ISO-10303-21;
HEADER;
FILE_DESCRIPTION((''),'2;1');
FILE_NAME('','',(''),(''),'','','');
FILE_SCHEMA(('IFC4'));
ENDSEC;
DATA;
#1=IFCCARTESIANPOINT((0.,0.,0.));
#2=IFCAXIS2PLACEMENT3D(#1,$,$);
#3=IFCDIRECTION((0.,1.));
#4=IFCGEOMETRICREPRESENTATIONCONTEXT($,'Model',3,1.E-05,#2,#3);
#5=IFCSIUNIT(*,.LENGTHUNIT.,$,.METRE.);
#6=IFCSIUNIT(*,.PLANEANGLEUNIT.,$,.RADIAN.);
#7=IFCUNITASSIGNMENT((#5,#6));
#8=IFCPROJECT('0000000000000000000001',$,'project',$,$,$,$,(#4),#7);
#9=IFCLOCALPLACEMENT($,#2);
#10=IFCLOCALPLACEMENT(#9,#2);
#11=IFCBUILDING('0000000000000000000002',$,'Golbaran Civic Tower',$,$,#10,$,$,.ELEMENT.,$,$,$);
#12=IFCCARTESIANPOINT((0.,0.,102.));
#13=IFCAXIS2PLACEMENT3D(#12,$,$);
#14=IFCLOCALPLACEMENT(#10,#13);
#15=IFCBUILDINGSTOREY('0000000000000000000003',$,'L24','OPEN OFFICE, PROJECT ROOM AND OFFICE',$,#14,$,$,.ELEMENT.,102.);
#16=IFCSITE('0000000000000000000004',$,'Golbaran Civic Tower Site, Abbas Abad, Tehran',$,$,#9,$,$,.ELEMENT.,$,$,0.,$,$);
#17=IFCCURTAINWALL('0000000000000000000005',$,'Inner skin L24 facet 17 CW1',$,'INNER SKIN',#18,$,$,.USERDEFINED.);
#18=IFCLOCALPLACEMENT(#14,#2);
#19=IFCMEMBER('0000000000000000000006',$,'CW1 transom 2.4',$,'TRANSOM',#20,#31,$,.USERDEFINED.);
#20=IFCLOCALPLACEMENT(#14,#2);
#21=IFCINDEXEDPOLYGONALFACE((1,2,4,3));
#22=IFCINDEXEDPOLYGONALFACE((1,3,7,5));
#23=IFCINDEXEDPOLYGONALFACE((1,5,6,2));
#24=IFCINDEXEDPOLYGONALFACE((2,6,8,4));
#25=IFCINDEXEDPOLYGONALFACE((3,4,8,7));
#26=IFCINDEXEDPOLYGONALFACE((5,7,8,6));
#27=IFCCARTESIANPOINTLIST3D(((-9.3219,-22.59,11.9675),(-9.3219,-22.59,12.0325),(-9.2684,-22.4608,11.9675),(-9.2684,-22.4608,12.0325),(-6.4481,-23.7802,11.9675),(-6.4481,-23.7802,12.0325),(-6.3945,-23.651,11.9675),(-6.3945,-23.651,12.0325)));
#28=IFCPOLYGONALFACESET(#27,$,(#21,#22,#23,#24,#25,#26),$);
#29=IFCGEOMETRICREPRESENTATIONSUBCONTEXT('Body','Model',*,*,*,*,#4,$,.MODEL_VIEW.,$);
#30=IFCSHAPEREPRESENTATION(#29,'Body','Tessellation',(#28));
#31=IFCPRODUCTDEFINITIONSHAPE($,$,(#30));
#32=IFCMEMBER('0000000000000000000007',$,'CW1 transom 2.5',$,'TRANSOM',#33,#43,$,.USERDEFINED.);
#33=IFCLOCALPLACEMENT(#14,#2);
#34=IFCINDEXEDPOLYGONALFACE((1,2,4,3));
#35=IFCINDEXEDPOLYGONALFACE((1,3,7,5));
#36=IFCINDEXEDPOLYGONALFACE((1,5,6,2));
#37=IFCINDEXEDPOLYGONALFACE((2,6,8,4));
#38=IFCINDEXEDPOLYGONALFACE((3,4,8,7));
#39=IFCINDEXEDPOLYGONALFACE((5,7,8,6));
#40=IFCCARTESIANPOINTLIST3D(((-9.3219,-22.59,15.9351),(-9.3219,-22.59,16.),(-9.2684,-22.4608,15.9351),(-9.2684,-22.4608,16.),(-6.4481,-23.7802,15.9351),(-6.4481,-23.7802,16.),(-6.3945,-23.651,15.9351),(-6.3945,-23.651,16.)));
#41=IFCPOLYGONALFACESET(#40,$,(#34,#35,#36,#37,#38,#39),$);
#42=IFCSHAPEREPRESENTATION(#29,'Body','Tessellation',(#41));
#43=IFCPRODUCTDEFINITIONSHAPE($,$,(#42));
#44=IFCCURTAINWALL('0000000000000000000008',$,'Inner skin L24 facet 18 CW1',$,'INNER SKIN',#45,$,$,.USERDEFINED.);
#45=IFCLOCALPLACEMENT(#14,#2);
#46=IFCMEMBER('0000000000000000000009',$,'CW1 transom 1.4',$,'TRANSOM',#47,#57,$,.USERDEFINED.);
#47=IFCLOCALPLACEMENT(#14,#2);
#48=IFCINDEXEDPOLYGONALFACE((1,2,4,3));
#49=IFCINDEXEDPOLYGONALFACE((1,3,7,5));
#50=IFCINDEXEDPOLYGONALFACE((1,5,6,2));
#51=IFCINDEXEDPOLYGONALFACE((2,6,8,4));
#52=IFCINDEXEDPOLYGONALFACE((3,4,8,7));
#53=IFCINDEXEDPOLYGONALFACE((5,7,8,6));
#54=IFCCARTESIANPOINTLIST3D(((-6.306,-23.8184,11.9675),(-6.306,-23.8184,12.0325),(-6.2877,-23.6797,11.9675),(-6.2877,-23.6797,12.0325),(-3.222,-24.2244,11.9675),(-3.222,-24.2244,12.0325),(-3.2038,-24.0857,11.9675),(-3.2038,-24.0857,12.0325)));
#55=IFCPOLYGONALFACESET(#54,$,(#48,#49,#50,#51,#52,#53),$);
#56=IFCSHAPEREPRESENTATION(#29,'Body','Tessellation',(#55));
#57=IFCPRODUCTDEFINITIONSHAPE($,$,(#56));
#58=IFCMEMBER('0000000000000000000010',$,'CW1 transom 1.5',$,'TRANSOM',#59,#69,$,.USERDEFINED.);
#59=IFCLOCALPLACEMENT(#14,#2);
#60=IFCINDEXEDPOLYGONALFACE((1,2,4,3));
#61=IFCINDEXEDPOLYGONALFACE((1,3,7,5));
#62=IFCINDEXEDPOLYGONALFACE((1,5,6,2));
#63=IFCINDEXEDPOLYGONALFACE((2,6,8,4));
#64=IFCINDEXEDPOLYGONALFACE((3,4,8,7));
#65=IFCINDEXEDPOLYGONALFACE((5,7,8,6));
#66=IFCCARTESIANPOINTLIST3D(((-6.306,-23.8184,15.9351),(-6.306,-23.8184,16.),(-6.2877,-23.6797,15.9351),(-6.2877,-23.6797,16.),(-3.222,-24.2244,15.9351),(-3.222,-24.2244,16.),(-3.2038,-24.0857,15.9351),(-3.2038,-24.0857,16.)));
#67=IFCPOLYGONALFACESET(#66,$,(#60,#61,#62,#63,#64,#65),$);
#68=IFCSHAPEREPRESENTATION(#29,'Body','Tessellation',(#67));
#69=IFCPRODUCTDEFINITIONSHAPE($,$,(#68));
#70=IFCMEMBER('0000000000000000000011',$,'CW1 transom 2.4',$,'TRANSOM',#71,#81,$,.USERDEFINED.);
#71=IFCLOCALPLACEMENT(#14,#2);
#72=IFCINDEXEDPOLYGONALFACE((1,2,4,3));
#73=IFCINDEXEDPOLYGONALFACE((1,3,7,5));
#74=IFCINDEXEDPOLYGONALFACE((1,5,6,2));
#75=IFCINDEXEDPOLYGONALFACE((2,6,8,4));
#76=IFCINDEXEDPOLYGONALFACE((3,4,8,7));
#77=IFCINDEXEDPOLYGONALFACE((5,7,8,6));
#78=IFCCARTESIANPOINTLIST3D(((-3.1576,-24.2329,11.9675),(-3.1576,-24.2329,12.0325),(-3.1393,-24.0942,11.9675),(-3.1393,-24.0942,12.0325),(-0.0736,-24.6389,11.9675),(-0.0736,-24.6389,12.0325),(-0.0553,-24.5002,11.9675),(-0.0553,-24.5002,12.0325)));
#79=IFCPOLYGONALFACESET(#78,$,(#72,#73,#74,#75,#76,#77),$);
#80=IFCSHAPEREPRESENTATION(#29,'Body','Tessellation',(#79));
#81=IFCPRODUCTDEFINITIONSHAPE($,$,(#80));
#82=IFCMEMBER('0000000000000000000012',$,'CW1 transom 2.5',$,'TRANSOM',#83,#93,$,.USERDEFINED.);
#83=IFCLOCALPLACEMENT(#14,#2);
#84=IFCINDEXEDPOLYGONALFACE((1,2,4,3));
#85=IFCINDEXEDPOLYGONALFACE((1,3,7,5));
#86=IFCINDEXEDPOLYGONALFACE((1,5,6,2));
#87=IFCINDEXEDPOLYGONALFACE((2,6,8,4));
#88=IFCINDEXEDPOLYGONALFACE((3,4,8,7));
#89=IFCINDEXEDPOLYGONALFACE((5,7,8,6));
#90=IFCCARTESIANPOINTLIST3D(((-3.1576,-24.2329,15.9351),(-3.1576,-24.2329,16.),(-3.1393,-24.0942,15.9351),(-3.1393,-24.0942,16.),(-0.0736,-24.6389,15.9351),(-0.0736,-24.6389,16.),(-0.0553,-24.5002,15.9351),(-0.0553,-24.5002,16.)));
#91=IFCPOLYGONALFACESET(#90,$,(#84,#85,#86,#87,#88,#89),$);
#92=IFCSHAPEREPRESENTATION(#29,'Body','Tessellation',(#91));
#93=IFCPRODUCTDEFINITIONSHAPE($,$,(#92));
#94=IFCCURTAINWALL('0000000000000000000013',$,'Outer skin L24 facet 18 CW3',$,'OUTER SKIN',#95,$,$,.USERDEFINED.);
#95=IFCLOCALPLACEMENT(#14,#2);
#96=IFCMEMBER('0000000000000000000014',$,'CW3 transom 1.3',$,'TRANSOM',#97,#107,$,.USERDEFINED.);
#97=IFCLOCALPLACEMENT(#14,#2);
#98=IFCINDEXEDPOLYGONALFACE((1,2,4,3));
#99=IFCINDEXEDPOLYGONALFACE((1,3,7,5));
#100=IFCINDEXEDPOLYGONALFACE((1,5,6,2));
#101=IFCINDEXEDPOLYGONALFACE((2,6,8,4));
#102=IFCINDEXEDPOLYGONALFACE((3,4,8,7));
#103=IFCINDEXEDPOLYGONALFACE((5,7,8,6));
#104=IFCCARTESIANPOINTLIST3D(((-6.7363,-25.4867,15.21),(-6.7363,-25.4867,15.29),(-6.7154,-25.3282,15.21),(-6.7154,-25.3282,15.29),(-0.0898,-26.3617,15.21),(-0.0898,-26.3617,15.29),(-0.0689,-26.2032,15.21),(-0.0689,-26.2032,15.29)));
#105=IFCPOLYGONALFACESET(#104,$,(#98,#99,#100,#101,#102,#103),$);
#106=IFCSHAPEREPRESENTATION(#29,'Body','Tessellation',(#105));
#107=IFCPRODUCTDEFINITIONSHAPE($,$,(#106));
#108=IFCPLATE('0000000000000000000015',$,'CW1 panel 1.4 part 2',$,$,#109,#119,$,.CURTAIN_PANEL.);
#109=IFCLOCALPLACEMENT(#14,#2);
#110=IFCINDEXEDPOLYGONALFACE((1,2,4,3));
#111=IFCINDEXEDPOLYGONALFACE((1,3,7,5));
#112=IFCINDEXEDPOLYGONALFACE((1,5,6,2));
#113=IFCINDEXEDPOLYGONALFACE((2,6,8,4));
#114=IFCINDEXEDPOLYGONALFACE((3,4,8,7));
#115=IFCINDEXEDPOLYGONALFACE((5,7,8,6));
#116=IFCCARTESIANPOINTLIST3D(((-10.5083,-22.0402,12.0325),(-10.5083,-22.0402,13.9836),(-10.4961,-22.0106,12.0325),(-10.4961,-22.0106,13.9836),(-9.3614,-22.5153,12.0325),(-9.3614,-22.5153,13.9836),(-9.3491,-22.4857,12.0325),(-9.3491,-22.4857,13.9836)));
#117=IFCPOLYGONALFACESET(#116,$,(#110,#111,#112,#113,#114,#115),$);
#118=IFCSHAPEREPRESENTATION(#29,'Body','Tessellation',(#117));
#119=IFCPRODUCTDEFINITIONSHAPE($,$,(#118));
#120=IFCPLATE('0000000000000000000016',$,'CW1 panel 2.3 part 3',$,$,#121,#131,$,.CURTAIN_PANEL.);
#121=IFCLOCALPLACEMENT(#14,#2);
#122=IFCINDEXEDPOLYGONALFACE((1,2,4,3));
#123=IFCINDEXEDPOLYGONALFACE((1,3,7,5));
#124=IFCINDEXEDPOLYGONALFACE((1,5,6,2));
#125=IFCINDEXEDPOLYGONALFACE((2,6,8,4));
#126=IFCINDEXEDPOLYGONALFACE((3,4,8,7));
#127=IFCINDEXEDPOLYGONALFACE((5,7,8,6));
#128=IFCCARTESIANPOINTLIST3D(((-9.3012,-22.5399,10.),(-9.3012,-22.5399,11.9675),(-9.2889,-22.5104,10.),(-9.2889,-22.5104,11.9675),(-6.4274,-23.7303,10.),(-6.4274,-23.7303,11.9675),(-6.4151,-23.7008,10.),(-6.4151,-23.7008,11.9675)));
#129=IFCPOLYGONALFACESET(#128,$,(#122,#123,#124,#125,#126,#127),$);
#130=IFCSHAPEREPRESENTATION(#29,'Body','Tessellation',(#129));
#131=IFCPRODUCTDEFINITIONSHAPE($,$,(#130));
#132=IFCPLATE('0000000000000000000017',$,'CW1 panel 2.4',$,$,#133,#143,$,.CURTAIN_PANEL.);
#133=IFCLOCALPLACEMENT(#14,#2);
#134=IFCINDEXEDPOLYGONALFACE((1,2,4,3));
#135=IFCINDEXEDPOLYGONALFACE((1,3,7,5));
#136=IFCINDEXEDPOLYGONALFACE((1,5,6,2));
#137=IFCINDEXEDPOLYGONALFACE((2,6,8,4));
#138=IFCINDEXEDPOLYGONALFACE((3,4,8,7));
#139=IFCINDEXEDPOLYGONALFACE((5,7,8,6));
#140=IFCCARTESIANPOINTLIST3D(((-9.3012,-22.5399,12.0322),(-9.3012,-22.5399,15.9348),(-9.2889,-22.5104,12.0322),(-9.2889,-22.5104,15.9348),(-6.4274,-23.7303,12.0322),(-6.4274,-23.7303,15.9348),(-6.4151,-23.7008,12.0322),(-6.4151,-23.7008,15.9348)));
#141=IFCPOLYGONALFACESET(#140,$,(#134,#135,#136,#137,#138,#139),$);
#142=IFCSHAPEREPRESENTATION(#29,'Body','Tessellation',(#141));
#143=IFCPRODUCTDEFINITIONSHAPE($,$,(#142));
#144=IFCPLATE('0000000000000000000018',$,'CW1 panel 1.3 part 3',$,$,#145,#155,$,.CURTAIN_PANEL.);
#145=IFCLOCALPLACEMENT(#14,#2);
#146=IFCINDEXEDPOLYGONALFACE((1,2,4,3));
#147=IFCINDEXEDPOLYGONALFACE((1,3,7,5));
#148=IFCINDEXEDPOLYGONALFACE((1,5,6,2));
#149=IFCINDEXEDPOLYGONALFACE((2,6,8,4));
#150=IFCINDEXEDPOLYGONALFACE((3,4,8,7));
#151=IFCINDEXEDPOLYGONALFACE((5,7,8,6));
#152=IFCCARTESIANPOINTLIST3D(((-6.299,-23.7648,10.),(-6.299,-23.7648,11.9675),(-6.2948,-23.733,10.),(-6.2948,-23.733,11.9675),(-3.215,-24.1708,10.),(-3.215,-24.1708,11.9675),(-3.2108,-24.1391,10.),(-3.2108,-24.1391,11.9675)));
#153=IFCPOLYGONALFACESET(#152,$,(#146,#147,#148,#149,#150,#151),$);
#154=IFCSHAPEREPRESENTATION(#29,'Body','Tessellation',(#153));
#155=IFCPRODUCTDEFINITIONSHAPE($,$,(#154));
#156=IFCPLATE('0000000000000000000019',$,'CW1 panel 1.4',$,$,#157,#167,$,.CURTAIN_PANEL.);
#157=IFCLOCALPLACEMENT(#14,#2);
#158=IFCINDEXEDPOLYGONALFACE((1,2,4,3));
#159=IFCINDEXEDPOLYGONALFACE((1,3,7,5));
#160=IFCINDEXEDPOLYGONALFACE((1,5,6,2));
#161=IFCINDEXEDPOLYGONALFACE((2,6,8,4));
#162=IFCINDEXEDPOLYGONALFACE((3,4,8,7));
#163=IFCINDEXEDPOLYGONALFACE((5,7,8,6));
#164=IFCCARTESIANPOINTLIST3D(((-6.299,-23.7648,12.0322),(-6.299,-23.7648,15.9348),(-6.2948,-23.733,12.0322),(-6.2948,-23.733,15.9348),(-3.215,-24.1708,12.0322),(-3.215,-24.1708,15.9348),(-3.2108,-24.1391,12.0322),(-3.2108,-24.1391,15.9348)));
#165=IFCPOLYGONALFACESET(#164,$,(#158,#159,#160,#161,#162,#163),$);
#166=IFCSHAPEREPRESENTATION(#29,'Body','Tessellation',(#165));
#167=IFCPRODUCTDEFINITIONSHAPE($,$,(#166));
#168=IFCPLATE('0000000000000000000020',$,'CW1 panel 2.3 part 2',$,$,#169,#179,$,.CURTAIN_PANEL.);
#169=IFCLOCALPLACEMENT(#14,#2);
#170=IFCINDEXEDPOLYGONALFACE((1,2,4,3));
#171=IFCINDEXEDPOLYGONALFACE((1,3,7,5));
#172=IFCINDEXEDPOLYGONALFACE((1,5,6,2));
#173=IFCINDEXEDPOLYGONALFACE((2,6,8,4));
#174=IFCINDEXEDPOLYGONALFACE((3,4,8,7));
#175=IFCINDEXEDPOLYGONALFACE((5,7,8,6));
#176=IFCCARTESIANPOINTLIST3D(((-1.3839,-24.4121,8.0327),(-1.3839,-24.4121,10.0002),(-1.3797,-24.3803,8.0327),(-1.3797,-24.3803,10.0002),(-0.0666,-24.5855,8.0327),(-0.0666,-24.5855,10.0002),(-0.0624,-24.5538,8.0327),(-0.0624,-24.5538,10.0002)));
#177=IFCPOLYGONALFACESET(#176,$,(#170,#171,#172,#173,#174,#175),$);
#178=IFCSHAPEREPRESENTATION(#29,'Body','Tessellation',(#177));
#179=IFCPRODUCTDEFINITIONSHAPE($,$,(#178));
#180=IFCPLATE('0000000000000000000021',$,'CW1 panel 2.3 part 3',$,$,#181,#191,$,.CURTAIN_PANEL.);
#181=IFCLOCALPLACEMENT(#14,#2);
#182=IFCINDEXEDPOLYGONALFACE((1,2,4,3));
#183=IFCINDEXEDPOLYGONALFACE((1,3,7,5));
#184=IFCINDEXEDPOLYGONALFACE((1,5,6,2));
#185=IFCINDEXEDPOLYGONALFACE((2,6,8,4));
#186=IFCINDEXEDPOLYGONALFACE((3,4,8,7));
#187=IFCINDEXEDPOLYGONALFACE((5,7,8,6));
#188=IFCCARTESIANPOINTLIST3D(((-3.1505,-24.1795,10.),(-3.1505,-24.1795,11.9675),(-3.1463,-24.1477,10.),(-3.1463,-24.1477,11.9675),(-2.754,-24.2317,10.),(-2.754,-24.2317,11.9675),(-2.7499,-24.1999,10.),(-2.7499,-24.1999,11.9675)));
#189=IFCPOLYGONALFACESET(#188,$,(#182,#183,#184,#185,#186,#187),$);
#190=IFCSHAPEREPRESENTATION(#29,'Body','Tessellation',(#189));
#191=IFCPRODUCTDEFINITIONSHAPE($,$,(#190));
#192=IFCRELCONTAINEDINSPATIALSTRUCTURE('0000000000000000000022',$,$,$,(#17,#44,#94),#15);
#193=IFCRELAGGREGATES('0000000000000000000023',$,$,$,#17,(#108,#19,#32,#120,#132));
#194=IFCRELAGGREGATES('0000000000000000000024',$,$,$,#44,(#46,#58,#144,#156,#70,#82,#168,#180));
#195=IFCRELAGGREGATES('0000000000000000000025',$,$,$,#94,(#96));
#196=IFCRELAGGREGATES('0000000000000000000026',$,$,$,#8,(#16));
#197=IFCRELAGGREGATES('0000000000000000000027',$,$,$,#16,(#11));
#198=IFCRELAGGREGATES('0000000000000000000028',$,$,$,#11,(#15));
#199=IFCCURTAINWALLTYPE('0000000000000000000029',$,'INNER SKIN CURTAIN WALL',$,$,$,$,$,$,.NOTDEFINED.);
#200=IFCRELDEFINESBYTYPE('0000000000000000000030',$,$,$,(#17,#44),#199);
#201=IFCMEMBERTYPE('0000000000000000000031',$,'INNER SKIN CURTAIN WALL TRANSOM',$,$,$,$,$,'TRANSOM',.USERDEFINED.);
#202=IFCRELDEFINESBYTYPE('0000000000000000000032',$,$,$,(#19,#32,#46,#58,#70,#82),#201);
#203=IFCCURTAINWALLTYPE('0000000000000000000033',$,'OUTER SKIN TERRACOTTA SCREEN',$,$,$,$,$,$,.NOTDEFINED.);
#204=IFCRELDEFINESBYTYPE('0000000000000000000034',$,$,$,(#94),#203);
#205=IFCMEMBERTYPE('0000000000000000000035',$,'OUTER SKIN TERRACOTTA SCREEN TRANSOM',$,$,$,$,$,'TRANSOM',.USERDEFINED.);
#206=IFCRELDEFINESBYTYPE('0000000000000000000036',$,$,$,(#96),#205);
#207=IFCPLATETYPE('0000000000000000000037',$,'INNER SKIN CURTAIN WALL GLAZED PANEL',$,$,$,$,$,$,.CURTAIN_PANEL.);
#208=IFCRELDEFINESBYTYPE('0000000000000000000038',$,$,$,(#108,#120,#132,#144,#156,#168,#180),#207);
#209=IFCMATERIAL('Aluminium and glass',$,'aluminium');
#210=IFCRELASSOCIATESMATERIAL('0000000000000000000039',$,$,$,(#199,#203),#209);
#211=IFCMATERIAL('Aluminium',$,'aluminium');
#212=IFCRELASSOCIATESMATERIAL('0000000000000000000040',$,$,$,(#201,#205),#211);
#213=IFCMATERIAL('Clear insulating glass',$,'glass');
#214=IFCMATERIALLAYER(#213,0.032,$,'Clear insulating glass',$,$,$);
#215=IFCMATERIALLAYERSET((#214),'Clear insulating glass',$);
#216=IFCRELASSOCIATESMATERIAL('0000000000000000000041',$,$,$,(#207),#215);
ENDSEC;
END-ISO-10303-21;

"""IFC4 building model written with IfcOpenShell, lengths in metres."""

from ifc_helpers import new_model, si_unit, direction, frame, origin, origin_2d, place, context, subcontext, project, spatial, rectangle, extrude, material, layer, layer_set, material_profile, profile_set, type_object, element, aggregate, save


model = new_model("IFC4")

# Units and contexts
model_context = context("Model", 3, precision=1e-05, world=origin(), true_north=direction((0.0, 1.0)))
body_context = subcontext(model_context, "Body", "Model", "MODEL_VIEW")
ifc_project = project(units=[si_unit("LENGTHUNIT", "METRE"), si_unit("PLANEANGLEUNIT", "RADIAN")], contexts=[model_context])

# Site, building, storey
site_placement = place(None, origin())
site = spatial("IfcSite", under=ifc_project, at=site_placement, Name="Golbaran Civic Tower Site, Abbas Abad, Tehran", CompositionType="ELEMENT", RefElevation=0.0)
building_placement = place(site_placement, origin())
building = spatial("IfcBuilding", under=site, at=building_placement, Name="Golbaran Civic Tower", CompositionType="ELEMENT")
storey_placement = place(building_placement, frame((0.0, 0.0, 102.0)))
storey = spatial("IfcBuildingStorey", under=building, at=storey_placement, Name="L24", Description="OPEN OFFICE, PROJECT ROOM AND OFFICE", CompositionType="ELEMENT", Elevation=102.0)

# Curtain walls, members
ifc_material_1 = material(Name="Aluminium and glass", Category="aluminium")
curtain_wall_type_1 = type_object("IfcCurtainWallType", Name="INNER SKIN CURTAIN WALL", PredefinedType="NOTDEFINED", material=ifc_material_1)
curtain_wall_1_placement = place(storey_placement, origin())
curtain_wall_1 = element("IfcCurtainWall", 1, at=curtain_wall_1_placement, inside=storey, type_object=curtain_wall_type_1, Name="Inner skin L24 facet 17 CW1", ObjectType="INNER SKIN", PredefinedType="USERDEFINED")
ifc_material_2 = material(Name="Aluminium", Category="aluminium")
ifc_material_profile_1 = material_profile(ifc_material_2, rectangle(XDim=0.1399, YDim=0.0649, at=origin_2d()), Name="INNER SKIN CURTAIN WALL TRANSOM")
ifc_profile_set_1 = profile_set([ifc_material_profile_1], Name="Aluminium")
member_type_1 = type_object("IfcMemberType", Name="INNER SKIN CURTAIN WALL TRANSOM", ElementType="TRANSOM", PredefinedType="USERDEFINED", material=ifc_profile_set_1)
member_1_placement = place(storey_placement, frame((-9.2952, -22.5254, 12.0), z_axis=(0.923899, -0.382636, 0.0), x_axis=(0.382636, 0.923899, 0.0)))
member_1 = element("IfcMember", 2, at=member_1_placement, type_object=member_type_1, Name="CW1 transom 2.4", ObjectType="TRANSOM", PredefinedType="USERDEFINED", context=body_context, shape_type="SweptSolid", body=[
    extrude(rectangle(XDim=0.1399, YDim=0.0649, at=origin_2d()), origin(), (0.0, 0.0, 1.0), 3.1106),
])
member_2_placement = place(storey_placement, frame((-9.2952, -22.5254, 15.9675), z_axis=(0.923899, -0.382636, 0.0), x_axis=(0.382636, 0.923899, 0.0)))
member_2 = element("IfcMember", 3, at=member_2_placement, type_object=member_type_1, Name="CW1 transom 2.5", ObjectType="TRANSOM", PredefinedType="USERDEFINED", context=body_context, shape_type="SweptSolid", body=[
    extrude(rectangle(XDim=0.1399, YDim=0.0649, at=origin_2d()), origin(), (0.0, 0.0, 1.0), 3.1106),
])
curtain_wall_2_placement = place(storey_placement, origin())
curtain_wall_2 = element("IfcCurtainWall", 4, at=curtain_wall_2_placement, inside=storey, type_object=curtain_wall_type_1, Name="Inner skin L24 facet 18 CW1", ObjectType="INNER SKIN", PredefinedType="USERDEFINED")
member_3_placement = place(storey_placement, frame((-6.2969, -23.749, 12.0), z_axis=(0.991445, -0.130524, 0.0), x_axis=(0.130524, 0.991445, 0.0)))
member_3 = element("IfcMember", 5, at=member_3_placement, type_object=member_type_1, Name="CW1 transom 1.4", ObjectType="TRANSOM", PredefinedType="USERDEFINED", context=body_context, shape_type="SweptSolid", body=[
    extrude(rectangle(XDim=0.1399, YDim=0.0649, at=origin_2d()), origin(), (0.0, 0.0, 1.0), 3.1106),
])
member_4_placement = place(storey_placement, frame((-6.2969, -23.749, 15.9675), z_axis=(0.991445, -0.130524, 0.0), x_axis=(0.130524, 0.991445, 0.0)))
member_4 = element("IfcMember", 6, at=member_4_placement, type_object=member_type_1, Name="CW1 transom 1.5", ObjectType="TRANSOM", PredefinedType="USERDEFINED", context=body_context, shape_type="SweptSolid", body=[
    extrude(rectangle(XDim=0.1399, YDim=0.0649, at=origin_2d()), origin(), (0.0, 0.0, 1.0), 3.1106),
])
member_5_placement = place(storey_placement, frame((-3.1484, -24.1636, 12.0), z_axis=(0.991445, -0.130524, 0.0), x_axis=(0.130524, 0.991445, 0.0)))
member_5 = element("IfcMember", 7, at=member_5_placement, type_object=member_type_1, Name="CW1 transom 2.4", ObjectType="TRANSOM", PredefinedType="USERDEFINED", context=body_context, shape_type="SweptSolid", body=[
    extrude(rectangle(XDim=0.1399, YDim=0.0649, at=origin_2d()), origin(), (0.0, 0.0, 1.0), 3.1106),
])
member_6_placement = place(storey_placement, frame((-3.1484, -24.1636, 15.9675), z_axis=(0.991445, -0.130524, 0.0), x_axis=(0.130524, 0.991445, 0.0)))
member_6 = element("IfcMember", 8, at=member_6_placement, type_object=member_type_1, Name="CW1 transom 2.5", ObjectType="TRANSOM", PredefinedType="USERDEFINED", context=body_context, shape_type="SweptSolid", body=[
    extrude(rectangle(XDim=0.1399, YDim=0.0649, at=origin_2d()), origin(), (0.0, 0.0, 1.0), 3.1106),
])

# Curtain wall, member
curtain_wall_type_2 = type_object("IfcCurtainWallType", Name="OUTER SKIN TERRACOTTA SCREEN", PredefinedType="NOTDEFINED", material=ifc_material_1)
curtain_wall_3_placement = place(storey_placement, origin())
curtain_wall_3 = element("IfcCurtainWall", 9, at=curtain_wall_3_placement, inside=storey, type_object=curtain_wall_type_2, Name="Outer skin L24 facet 18 CW3", ObjectType="OUTER SKIN", PredefinedType="USERDEFINED")
ifc_material_profile_2 = material_profile(ifc_material_2, rectangle(XDim=0.1599, YDim=0.0801, at=origin_2d()), Name="OUTER SKIN TERRACOTTA SCREEN TRANSOM")
ifc_profile_set_2 = profile_set([ifc_material_profile_2], Name="Aluminium")
member_type_2 = type_object("IfcMemberType", Name="OUTER SKIN TERRACOTTA SCREEN TRANSOM", ElementType="TRANSOM", PredefinedType="USERDEFINED", material=ifc_profile_set_2)
member_7_placement = place(storey_placement, frame((-6.7258, -25.4075, 15.25), z_axis=(0.991445, -0.130522, 0.0), x_axis=(0.130522, 0.991445, 0.0)))
member_7 = element("IfcMember", 10, at=member_7_placement, type_object=member_type_2, Name="CW3 transom 1.3", ObjectType="TRANSOM", PredefinedType="USERDEFINED", context=body_context, shape_type="SweptSolid", body=[
    extrude(rectangle(XDim=0.1599, YDim=0.0801, at=origin_2d()), origin(), (0.0, 0.0, 1.0), 6.7039),
])

# Plates
ifc_material_3 = material(Name="Clear insulating glass", Category="glass")
ifc_layer_1 = layer(ifc_material_3, 0.032, Name="Clear insulating glass")
ifc_layer_set_1 = layer_set([ifc_layer_1], Name="Clear insulating glass")
plate_type_1 = type_object("IfcPlateType", Name="INNER SKIN CURTAIN WALL GLAZED PANEL", PredefinedType="CURTAIN_PANEL", material=ifc_layer_set_1)
plate_1_placement = place(storey_placement, frame((-9.9287, -22.2629, 12.0325), z_axis=(0.0, 0.0, 1.0), x_axis=(0.92388, -0.382683, 0.0)))
plate_1 = element("IfcPlate", 11, at=plate_1_placement, type_object=plate_type_1, Name="CW1 panel 1.4 part 2", PredefinedType="CURTAIN_PANEL", context=body_context, shape_type="SweptSolid", body=[
    extrude(rectangle(XDim=1.2415, YDim=0.032, at=origin_2d()), origin(), (0.0, 0.0, 1.0), 1.9512),
])
plate_2_placement = place(storey_placement, frame((-7.8582, -23.1204, 10.0), z_axis=(0.0, 0.0, 1.0), x_axis=(0.92388, -0.382683, 0.0)))
plate_2 = element("IfcPlate", 12, at=plate_2_placement, type_object=plate_type_1, Name="CW1 panel 2.3 part 3", PredefinedType="CURTAIN_PANEL", context=body_context, shape_type="SweptSolid", body=[
    extrude(rectangle(XDim=3.1106, YDim=0.032, at=origin_2d()), origin(), (0.0, 0.0, 1.0), 1.9675),
])
plate_3_placement = place(storey_placement, frame((-7.8582, -23.1204, 12.0322), z_axis=(0.0, 0.0, 1.0), x_axis=(0.92388, -0.382683, 0.0)))
plate_3 = element("IfcPlate", 13, at=plate_3_placement, type_object=plate_type_1, Name="CW1 panel 2.4", PredefinedType="CURTAIN_PANEL", context=body_context, shape_type="SweptSolid", body=[
    extrude(rectangle(XDim=3.1106, YDim=0.032, at=origin_2d()), origin(), (0.0, 0.0, 1.0), 3.9026),
])
aggregate(curtain_wall_1, [plate_1, member_1, member_2, plate_2, plate_3])
plate_4_placement = place(storey_placement, frame((-4.7549, -23.9519, 10.0), z_axis=(0.0, 0.0, 1.0), x_axis=(0.991445, -0.130526, 0.0)))
plate_4 = element("IfcPlate", 14, at=plate_4_placement, type_object=plate_type_1, Name="CW1 panel 1.3 part 3", PredefinedType="CURTAIN_PANEL", context=body_context, shape_type="SweptSolid", body=[
    extrude(rectangle(XDim=3.1106, YDim=0.032, at=origin_2d()), origin(), (0.0, 0.0, 1.0), 1.9675),
])
plate_5_placement = place(storey_placement, frame((-4.7549, -23.9519, 12.0322), z_axis=(0.0, 0.0, 1.0), x_axis=(0.991445, -0.130526, 0.0)))
plate_5 = element("IfcPlate", 15, at=plate_5_placement, type_object=plate_type_1, Name="CW1 panel 1.4", PredefinedType="CURTAIN_PANEL", context=body_context, shape_type="SweptSolid", body=[
    extrude(rectangle(XDim=3.1106, YDim=0.032, at=origin_2d()), origin(), (0.0, 0.0, 1.0), 3.9026),
])
plate_6_placement = place(storey_placement, frame((-0.7231, -24.4829, 8.0327), z_axis=(0.0, 0.0, 1.0), x_axis=(0.991445, -0.130526, 0.0)))
plate_6 = element("IfcPlate", 16, at=plate_6_placement, type_object=plate_type_1, Name="CW1 panel 2.3 part 2", PredefinedType="CURTAIN_PANEL", context=body_context, shape_type="SweptSolid", body=[
    extrude(rectangle(XDim=1.3286, YDim=0.032, at=origin_2d()), origin(), (0.0, 0.0, 1.0), 1.9675),
])
plate_7_placement = place(storey_placement, frame((-2.9502, -24.1897, 10.0), z_axis=(0.0, 0.0, 1.0), x_axis=(0.991445, -0.130526, 0.0)))
plate_7 = element("IfcPlate", 17, at=plate_7_placement, type_object=plate_type_1, Name="CW1 panel 2.3 part 3", PredefinedType="CURTAIN_PANEL", context=body_context, shape_type="SweptSolid", body=[
    extrude(rectangle(XDim=0.3999, YDim=0.032, at=origin_2d()), origin(), (0.0, 0.0, 1.0), 1.9675),
])
aggregate(curtain_wall_2, [member_3, member_4, plate_4, plate_5, member_5, member_6, plate_6, plate_7])
aggregate(curtain_wall_3, [member_7])

save(model, "model.ifc")
